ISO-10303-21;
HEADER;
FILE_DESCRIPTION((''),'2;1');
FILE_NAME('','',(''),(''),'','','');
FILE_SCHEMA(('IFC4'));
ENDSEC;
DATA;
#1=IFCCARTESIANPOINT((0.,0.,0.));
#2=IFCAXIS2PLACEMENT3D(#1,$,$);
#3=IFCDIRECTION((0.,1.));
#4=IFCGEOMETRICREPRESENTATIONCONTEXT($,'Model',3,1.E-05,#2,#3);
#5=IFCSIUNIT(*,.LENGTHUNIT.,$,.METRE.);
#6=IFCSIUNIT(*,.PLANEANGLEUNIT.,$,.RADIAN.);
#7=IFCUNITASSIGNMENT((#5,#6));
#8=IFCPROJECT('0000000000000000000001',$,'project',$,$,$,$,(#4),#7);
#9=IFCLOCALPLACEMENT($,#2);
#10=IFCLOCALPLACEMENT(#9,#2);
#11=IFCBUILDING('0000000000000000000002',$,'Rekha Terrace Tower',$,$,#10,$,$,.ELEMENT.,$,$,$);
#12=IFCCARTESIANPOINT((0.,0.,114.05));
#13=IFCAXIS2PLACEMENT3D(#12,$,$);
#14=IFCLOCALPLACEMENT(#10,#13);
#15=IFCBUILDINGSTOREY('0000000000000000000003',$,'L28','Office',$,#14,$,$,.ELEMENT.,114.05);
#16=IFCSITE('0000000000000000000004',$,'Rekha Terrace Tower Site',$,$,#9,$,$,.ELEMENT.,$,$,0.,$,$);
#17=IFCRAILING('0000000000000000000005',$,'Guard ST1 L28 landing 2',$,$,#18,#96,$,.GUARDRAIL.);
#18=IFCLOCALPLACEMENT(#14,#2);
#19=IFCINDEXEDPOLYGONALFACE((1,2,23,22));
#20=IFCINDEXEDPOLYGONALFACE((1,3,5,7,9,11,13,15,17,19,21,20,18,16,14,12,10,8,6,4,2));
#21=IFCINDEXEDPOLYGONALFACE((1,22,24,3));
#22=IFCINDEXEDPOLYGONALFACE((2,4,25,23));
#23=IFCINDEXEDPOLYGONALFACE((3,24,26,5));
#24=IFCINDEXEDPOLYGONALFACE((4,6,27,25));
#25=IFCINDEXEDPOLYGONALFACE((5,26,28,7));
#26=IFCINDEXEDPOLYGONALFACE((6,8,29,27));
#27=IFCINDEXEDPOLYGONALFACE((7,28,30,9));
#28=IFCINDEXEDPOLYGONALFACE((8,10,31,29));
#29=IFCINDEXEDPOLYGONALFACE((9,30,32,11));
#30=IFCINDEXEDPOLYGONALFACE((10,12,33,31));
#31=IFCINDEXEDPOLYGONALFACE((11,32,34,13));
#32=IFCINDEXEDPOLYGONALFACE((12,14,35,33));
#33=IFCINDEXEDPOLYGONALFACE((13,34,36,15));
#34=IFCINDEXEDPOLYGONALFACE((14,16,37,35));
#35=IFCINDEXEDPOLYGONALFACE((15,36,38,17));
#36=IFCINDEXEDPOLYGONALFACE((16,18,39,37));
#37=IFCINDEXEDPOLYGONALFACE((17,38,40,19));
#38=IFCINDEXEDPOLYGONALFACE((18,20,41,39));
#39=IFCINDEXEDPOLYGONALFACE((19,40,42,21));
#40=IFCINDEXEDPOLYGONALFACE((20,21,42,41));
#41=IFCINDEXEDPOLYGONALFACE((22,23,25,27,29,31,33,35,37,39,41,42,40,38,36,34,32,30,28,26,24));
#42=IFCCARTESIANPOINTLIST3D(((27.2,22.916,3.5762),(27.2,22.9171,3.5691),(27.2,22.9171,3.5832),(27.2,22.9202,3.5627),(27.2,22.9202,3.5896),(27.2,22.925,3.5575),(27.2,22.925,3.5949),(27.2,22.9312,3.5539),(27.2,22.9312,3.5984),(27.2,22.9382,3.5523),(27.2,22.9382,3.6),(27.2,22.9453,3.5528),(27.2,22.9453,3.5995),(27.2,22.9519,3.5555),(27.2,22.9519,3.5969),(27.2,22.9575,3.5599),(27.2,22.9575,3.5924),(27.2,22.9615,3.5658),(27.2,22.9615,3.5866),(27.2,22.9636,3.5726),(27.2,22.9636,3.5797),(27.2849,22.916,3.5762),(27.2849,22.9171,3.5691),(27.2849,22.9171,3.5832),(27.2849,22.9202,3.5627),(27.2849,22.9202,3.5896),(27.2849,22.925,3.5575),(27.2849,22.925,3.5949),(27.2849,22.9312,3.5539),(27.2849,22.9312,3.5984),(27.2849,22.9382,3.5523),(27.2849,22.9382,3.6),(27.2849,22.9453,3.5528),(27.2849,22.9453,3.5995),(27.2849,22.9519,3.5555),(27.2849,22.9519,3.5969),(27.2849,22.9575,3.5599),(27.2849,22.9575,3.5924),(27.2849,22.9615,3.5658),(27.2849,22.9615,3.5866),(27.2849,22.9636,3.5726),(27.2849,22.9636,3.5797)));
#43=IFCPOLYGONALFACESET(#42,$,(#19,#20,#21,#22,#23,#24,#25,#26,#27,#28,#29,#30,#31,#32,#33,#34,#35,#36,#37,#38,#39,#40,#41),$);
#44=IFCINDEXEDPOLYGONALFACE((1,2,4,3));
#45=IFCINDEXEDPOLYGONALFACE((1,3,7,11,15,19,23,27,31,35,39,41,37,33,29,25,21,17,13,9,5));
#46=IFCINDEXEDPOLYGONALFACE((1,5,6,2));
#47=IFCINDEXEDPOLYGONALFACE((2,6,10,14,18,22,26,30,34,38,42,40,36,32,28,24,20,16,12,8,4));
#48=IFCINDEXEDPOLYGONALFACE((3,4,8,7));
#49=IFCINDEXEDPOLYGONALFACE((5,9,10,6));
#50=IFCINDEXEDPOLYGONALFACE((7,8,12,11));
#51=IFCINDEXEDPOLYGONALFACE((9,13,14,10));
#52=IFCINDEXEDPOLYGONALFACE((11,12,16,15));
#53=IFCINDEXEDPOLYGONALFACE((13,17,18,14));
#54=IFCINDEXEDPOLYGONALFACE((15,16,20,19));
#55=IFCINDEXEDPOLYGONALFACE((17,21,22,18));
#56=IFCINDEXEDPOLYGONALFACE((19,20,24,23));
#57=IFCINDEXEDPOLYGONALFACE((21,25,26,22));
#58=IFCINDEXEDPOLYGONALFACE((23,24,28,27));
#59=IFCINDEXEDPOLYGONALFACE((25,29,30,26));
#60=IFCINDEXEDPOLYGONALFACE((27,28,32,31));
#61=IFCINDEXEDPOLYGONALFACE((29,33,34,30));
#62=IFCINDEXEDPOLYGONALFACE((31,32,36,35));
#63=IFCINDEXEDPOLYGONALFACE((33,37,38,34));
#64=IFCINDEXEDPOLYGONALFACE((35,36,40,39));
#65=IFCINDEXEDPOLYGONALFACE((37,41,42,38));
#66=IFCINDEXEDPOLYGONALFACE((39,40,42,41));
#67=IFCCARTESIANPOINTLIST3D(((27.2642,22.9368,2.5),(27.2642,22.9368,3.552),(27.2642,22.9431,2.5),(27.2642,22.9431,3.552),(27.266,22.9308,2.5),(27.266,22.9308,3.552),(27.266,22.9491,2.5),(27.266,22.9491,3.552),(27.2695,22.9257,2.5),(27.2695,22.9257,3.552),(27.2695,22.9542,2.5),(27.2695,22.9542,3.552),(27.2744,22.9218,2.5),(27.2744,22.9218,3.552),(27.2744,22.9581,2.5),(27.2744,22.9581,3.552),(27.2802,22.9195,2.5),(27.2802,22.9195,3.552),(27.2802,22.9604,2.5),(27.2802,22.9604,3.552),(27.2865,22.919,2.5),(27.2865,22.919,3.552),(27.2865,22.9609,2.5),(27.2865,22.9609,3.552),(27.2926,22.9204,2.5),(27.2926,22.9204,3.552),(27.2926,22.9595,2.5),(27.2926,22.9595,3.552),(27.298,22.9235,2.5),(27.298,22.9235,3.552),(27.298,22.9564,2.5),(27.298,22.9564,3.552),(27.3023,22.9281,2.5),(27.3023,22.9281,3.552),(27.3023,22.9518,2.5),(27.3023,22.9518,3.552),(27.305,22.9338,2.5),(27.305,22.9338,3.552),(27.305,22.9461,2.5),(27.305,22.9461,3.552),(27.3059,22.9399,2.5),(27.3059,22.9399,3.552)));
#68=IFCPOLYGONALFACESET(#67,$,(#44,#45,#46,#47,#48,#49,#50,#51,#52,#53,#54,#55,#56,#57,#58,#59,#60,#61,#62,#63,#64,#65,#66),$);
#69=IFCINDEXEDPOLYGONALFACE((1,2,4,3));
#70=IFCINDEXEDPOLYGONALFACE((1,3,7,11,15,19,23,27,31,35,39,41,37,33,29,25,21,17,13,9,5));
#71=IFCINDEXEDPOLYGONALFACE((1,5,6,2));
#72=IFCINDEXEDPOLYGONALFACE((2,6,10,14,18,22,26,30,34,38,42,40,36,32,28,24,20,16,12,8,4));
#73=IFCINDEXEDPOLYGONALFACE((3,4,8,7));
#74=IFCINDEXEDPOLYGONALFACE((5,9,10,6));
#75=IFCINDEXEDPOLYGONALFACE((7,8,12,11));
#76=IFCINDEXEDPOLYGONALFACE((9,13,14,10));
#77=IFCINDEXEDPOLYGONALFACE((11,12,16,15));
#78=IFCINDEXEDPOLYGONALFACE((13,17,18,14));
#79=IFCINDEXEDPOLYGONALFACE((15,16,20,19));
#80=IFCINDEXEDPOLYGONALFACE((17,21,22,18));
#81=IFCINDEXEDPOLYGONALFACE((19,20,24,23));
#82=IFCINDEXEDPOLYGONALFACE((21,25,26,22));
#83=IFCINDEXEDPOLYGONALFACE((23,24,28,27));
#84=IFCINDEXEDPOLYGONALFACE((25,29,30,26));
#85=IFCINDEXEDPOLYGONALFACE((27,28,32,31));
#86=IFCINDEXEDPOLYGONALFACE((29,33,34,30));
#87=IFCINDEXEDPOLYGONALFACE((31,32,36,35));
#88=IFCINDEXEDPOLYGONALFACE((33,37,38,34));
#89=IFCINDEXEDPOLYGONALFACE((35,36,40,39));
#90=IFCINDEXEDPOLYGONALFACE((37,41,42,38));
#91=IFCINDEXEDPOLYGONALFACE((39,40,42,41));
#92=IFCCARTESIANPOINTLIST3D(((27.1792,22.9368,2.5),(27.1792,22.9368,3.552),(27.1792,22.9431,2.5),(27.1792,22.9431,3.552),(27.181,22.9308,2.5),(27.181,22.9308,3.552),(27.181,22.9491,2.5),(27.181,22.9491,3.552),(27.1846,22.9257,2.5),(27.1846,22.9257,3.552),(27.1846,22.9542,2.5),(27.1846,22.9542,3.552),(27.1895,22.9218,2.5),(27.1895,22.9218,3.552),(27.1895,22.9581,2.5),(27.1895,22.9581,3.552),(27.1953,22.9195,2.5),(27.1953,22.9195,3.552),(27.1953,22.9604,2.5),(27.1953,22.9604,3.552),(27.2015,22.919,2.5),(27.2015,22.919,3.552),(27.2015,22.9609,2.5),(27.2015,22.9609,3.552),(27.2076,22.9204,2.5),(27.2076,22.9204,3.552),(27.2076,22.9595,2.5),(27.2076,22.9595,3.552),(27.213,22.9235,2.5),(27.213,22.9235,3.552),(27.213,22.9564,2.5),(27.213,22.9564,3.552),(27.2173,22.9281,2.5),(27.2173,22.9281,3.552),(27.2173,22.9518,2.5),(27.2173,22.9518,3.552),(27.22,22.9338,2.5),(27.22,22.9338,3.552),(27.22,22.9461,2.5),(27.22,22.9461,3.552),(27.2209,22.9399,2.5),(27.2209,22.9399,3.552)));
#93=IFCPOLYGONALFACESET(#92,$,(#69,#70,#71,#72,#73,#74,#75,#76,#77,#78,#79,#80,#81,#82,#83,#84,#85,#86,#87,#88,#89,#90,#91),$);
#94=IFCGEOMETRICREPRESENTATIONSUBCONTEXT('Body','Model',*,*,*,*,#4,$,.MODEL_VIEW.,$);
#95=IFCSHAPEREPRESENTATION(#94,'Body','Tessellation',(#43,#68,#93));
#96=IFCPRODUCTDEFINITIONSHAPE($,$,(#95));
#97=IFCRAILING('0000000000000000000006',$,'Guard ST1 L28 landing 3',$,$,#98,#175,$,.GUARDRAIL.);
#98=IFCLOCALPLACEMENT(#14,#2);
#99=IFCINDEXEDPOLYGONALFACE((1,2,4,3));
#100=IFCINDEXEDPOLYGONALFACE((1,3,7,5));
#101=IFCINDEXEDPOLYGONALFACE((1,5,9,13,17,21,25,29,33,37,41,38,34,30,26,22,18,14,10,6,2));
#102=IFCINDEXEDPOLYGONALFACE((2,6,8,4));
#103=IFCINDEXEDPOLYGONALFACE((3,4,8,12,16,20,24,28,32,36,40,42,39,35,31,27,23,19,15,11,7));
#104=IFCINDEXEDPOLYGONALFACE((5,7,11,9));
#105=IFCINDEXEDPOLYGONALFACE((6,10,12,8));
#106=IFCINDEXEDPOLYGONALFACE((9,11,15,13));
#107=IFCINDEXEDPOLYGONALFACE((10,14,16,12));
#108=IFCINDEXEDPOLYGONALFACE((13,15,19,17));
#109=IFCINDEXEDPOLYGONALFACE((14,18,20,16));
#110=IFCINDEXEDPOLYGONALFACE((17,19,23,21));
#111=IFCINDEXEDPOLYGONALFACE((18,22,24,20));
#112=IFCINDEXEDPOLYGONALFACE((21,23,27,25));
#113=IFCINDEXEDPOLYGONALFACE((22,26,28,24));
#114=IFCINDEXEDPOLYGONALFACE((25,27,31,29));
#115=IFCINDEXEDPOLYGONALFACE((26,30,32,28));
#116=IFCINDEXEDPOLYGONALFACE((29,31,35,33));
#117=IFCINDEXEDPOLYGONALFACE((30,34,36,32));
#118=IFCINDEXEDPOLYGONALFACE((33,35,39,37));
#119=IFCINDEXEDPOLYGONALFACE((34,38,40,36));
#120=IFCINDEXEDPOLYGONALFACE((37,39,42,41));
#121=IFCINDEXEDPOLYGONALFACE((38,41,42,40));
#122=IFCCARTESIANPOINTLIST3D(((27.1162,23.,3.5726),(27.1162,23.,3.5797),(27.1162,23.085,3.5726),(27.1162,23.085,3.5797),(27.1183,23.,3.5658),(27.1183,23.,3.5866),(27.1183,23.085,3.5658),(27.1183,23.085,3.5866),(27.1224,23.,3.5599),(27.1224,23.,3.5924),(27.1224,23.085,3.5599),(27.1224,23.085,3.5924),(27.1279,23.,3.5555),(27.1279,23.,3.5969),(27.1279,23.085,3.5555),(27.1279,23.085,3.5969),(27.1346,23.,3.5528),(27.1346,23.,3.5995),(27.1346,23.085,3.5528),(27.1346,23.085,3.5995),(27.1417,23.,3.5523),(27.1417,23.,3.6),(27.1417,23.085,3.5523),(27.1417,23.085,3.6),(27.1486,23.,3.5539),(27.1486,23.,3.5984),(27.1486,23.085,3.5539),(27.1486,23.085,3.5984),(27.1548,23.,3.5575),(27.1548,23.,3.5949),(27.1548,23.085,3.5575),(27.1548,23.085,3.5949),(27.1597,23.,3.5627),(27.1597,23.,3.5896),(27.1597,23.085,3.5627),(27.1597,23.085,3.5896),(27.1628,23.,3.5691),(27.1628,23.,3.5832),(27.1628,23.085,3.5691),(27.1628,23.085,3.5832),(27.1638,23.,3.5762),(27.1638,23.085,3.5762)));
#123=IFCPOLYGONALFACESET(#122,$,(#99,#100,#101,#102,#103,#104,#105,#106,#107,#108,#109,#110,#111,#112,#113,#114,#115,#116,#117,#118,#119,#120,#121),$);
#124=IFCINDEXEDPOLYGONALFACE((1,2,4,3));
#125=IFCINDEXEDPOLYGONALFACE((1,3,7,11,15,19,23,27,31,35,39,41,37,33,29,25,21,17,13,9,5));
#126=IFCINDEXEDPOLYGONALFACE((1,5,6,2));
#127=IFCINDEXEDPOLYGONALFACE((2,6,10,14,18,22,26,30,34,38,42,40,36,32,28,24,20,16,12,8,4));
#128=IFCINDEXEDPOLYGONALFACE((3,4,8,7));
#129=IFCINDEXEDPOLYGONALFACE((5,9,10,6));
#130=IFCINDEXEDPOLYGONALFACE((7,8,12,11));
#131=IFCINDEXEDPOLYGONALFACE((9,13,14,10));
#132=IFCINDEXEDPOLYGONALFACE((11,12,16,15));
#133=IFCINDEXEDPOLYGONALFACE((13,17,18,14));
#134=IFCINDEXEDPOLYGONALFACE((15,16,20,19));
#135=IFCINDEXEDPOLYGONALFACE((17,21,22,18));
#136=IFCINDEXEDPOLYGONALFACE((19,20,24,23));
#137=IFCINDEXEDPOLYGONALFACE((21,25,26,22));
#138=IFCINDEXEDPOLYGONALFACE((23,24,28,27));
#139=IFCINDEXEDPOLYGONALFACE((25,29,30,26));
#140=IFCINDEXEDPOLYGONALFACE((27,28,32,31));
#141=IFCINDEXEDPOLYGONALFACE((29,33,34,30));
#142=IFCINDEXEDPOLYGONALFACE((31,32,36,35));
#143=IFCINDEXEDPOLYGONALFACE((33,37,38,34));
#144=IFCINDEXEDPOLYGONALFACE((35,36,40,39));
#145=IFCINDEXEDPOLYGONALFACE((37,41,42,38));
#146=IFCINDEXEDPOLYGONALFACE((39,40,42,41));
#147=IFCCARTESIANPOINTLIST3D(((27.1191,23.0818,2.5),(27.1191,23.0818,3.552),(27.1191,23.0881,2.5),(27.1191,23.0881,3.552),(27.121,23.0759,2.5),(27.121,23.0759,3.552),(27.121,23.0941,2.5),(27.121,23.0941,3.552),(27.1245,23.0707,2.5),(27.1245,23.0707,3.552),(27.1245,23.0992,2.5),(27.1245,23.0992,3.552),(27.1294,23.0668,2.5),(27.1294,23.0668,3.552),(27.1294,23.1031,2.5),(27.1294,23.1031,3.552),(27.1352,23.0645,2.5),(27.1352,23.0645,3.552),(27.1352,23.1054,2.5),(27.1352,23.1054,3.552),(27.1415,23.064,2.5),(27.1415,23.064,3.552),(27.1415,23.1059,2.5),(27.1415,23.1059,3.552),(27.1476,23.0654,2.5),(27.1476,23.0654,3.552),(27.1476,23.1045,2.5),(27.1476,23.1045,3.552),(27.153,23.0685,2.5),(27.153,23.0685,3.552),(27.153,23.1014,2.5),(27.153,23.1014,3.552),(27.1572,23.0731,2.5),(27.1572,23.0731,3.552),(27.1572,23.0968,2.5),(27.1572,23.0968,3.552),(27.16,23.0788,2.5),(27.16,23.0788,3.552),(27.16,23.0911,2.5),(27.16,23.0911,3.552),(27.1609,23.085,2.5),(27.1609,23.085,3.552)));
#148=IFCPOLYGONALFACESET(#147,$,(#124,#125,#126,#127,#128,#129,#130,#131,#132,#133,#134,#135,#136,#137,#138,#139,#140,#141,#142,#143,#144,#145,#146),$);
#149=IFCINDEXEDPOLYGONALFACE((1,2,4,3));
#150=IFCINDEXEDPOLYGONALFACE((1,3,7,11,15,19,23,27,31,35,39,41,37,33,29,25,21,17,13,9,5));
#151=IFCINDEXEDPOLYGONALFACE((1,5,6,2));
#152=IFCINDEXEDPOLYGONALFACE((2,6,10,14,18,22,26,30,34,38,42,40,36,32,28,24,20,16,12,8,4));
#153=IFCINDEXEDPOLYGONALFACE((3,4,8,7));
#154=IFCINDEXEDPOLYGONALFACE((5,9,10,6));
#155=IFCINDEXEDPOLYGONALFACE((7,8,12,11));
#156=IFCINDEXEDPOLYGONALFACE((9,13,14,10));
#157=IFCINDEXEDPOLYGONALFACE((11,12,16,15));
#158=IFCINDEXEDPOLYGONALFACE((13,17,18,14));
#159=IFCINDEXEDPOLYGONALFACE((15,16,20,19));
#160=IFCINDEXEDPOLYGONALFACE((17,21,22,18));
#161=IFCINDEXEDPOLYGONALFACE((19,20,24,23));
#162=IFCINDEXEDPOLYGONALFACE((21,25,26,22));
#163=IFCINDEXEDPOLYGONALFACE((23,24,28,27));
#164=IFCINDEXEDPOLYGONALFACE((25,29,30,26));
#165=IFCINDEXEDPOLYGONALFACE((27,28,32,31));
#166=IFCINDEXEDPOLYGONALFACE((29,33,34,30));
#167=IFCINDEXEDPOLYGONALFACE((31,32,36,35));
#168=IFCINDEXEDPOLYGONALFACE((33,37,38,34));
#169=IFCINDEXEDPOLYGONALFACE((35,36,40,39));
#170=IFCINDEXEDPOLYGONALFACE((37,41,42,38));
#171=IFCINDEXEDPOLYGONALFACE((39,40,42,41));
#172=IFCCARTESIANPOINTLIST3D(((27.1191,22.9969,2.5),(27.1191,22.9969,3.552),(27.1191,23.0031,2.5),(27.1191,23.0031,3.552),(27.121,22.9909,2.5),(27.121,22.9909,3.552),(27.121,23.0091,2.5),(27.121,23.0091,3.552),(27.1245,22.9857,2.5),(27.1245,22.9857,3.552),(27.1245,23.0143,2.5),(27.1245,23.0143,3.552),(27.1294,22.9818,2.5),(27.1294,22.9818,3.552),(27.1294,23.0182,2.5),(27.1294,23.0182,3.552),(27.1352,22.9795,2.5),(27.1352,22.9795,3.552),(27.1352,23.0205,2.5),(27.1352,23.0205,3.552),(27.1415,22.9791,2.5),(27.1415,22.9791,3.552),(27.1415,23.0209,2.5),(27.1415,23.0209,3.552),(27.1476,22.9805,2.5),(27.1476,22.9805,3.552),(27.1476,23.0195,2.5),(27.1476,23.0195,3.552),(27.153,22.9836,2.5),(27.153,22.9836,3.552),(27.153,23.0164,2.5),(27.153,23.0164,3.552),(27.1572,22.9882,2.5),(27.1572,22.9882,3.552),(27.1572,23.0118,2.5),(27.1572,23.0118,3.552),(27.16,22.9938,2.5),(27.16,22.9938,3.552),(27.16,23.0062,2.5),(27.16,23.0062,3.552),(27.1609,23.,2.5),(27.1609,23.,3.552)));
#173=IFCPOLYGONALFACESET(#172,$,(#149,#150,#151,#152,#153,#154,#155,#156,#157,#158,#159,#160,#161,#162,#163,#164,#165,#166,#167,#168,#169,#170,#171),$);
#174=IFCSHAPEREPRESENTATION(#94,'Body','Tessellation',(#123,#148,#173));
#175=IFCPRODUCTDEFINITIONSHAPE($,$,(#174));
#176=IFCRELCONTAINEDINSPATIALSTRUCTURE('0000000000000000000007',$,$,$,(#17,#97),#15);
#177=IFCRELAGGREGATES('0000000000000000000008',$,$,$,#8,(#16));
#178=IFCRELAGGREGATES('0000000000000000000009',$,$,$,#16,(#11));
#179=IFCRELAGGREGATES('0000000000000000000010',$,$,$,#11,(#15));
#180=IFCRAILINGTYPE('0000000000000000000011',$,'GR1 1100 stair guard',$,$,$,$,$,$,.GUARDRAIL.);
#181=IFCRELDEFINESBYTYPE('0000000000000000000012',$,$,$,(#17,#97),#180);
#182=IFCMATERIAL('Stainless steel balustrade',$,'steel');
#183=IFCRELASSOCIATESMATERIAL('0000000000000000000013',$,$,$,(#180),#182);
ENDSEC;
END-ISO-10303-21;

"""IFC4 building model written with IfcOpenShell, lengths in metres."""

from ifc_helpers import new_model, si_unit, direction, frame, origin, origin_2d, place, context, subcontext, project, spatial, circle, extrude, material, type_object, element, save


model = new_model("IFC4")

# Units and contexts
model_context = context("Model", 3, precision=1e-05, world=origin(), true_north=direction((0.0, 1.0)))
body_context = subcontext(model_context, "Body", "Model", "MODEL_VIEW")
ifc_project = project(units=[si_unit("LENGTHUNIT", "METRE"), si_unit("PLANEANGLEUNIT", "RADIAN")], contexts=[model_context])

# Site, building, storey
site_placement = place(None, origin())
site = spatial("IfcSite", under=ifc_project, at=site_placement, Name="Rekha Terrace Tower Site", CompositionType="ELEMENT", RefElevation=0.0)
building_placement = place(site_placement, origin())
building = spatial("IfcBuilding", under=site, at=building_placement, Name="Rekha Terrace Tower", CompositionType="ELEMENT")
storey_placement = place(building_placement, frame((0.0, 0.0, 114.05)))
storey = spatial("IfcBuildingStorey", under=building, at=storey_placement, Name="L28", Description="Office", CompositionType="ELEMENT", Elevation=114.05)

# Railings
ifc_material_1 = material(Name="Stainless steel balustrade", Category="steel")
railing_type_1 = type_object("IfcRailingType", Name="GR1 1100 stair guard", PredefinedType="GUARDRAIL", material=ifc_material_1)
railing_1_placement = place(storey_placement, frame((27.2849, 22.9399, 2.5)))
element("IfcRailing", 1, at=railing_1_placement, inside=storey, type_object=railing_type_1, Name="Guard ST1 L28 landing 2", PredefinedType="GUARDRAIL", context=body_context, shape_type="SweptSolid", body=[
    extrude(circle(Radius=0.0239, at=origin_2d()), frame((0.0, 0.0, 1.0762), z_axis=(-1.0, 0.0, 0.0), x_axis=(0.0, -1.0, 0.0)), (0.0, 0.0, 1.0), 0.085),
    extrude(circle(Radius=0.021, at=origin_2d()), origin(), (0.0, 0.0, 1.0), 1.052),
    extrude(circle(Radius=0.021, at=origin_2d()), frame((-0.085, 0.0, 0.0)), (0.0, 0.0, 1.0), 1.052),
])
railing_2_placement = place(storey_placement, frame((27.1399, 23.085, 2.5)))
element("IfcRailing", 2, at=railing_2_placement, inside=storey, type_object=railing_type_1, Name="Guard ST1 L28 landing 3", PredefinedType="GUARDRAIL", context=body_context, shape_type="SweptSolid", body=[
    extrude(circle(Radius=0.0239, at=origin_2d()), frame((0.0, 0.0, 1.0762), z_axis=(0.0, -1.0, 0.0), x_axis=(1.0, 0.0, 0.0)), (0.0, 0.0, 1.0), 0.085),
    extrude(circle(Radius=0.021, at=origin_2d()), origin(), (0.0, 0.0, 1.0), 1.052),
    extrude(circle(Radius=0.021, at=origin_2d()), frame((0.0, -0.085, 0.0)), (0.0, 0.0, 1.0), 1.052),
])

save(model, "model.ifc")
